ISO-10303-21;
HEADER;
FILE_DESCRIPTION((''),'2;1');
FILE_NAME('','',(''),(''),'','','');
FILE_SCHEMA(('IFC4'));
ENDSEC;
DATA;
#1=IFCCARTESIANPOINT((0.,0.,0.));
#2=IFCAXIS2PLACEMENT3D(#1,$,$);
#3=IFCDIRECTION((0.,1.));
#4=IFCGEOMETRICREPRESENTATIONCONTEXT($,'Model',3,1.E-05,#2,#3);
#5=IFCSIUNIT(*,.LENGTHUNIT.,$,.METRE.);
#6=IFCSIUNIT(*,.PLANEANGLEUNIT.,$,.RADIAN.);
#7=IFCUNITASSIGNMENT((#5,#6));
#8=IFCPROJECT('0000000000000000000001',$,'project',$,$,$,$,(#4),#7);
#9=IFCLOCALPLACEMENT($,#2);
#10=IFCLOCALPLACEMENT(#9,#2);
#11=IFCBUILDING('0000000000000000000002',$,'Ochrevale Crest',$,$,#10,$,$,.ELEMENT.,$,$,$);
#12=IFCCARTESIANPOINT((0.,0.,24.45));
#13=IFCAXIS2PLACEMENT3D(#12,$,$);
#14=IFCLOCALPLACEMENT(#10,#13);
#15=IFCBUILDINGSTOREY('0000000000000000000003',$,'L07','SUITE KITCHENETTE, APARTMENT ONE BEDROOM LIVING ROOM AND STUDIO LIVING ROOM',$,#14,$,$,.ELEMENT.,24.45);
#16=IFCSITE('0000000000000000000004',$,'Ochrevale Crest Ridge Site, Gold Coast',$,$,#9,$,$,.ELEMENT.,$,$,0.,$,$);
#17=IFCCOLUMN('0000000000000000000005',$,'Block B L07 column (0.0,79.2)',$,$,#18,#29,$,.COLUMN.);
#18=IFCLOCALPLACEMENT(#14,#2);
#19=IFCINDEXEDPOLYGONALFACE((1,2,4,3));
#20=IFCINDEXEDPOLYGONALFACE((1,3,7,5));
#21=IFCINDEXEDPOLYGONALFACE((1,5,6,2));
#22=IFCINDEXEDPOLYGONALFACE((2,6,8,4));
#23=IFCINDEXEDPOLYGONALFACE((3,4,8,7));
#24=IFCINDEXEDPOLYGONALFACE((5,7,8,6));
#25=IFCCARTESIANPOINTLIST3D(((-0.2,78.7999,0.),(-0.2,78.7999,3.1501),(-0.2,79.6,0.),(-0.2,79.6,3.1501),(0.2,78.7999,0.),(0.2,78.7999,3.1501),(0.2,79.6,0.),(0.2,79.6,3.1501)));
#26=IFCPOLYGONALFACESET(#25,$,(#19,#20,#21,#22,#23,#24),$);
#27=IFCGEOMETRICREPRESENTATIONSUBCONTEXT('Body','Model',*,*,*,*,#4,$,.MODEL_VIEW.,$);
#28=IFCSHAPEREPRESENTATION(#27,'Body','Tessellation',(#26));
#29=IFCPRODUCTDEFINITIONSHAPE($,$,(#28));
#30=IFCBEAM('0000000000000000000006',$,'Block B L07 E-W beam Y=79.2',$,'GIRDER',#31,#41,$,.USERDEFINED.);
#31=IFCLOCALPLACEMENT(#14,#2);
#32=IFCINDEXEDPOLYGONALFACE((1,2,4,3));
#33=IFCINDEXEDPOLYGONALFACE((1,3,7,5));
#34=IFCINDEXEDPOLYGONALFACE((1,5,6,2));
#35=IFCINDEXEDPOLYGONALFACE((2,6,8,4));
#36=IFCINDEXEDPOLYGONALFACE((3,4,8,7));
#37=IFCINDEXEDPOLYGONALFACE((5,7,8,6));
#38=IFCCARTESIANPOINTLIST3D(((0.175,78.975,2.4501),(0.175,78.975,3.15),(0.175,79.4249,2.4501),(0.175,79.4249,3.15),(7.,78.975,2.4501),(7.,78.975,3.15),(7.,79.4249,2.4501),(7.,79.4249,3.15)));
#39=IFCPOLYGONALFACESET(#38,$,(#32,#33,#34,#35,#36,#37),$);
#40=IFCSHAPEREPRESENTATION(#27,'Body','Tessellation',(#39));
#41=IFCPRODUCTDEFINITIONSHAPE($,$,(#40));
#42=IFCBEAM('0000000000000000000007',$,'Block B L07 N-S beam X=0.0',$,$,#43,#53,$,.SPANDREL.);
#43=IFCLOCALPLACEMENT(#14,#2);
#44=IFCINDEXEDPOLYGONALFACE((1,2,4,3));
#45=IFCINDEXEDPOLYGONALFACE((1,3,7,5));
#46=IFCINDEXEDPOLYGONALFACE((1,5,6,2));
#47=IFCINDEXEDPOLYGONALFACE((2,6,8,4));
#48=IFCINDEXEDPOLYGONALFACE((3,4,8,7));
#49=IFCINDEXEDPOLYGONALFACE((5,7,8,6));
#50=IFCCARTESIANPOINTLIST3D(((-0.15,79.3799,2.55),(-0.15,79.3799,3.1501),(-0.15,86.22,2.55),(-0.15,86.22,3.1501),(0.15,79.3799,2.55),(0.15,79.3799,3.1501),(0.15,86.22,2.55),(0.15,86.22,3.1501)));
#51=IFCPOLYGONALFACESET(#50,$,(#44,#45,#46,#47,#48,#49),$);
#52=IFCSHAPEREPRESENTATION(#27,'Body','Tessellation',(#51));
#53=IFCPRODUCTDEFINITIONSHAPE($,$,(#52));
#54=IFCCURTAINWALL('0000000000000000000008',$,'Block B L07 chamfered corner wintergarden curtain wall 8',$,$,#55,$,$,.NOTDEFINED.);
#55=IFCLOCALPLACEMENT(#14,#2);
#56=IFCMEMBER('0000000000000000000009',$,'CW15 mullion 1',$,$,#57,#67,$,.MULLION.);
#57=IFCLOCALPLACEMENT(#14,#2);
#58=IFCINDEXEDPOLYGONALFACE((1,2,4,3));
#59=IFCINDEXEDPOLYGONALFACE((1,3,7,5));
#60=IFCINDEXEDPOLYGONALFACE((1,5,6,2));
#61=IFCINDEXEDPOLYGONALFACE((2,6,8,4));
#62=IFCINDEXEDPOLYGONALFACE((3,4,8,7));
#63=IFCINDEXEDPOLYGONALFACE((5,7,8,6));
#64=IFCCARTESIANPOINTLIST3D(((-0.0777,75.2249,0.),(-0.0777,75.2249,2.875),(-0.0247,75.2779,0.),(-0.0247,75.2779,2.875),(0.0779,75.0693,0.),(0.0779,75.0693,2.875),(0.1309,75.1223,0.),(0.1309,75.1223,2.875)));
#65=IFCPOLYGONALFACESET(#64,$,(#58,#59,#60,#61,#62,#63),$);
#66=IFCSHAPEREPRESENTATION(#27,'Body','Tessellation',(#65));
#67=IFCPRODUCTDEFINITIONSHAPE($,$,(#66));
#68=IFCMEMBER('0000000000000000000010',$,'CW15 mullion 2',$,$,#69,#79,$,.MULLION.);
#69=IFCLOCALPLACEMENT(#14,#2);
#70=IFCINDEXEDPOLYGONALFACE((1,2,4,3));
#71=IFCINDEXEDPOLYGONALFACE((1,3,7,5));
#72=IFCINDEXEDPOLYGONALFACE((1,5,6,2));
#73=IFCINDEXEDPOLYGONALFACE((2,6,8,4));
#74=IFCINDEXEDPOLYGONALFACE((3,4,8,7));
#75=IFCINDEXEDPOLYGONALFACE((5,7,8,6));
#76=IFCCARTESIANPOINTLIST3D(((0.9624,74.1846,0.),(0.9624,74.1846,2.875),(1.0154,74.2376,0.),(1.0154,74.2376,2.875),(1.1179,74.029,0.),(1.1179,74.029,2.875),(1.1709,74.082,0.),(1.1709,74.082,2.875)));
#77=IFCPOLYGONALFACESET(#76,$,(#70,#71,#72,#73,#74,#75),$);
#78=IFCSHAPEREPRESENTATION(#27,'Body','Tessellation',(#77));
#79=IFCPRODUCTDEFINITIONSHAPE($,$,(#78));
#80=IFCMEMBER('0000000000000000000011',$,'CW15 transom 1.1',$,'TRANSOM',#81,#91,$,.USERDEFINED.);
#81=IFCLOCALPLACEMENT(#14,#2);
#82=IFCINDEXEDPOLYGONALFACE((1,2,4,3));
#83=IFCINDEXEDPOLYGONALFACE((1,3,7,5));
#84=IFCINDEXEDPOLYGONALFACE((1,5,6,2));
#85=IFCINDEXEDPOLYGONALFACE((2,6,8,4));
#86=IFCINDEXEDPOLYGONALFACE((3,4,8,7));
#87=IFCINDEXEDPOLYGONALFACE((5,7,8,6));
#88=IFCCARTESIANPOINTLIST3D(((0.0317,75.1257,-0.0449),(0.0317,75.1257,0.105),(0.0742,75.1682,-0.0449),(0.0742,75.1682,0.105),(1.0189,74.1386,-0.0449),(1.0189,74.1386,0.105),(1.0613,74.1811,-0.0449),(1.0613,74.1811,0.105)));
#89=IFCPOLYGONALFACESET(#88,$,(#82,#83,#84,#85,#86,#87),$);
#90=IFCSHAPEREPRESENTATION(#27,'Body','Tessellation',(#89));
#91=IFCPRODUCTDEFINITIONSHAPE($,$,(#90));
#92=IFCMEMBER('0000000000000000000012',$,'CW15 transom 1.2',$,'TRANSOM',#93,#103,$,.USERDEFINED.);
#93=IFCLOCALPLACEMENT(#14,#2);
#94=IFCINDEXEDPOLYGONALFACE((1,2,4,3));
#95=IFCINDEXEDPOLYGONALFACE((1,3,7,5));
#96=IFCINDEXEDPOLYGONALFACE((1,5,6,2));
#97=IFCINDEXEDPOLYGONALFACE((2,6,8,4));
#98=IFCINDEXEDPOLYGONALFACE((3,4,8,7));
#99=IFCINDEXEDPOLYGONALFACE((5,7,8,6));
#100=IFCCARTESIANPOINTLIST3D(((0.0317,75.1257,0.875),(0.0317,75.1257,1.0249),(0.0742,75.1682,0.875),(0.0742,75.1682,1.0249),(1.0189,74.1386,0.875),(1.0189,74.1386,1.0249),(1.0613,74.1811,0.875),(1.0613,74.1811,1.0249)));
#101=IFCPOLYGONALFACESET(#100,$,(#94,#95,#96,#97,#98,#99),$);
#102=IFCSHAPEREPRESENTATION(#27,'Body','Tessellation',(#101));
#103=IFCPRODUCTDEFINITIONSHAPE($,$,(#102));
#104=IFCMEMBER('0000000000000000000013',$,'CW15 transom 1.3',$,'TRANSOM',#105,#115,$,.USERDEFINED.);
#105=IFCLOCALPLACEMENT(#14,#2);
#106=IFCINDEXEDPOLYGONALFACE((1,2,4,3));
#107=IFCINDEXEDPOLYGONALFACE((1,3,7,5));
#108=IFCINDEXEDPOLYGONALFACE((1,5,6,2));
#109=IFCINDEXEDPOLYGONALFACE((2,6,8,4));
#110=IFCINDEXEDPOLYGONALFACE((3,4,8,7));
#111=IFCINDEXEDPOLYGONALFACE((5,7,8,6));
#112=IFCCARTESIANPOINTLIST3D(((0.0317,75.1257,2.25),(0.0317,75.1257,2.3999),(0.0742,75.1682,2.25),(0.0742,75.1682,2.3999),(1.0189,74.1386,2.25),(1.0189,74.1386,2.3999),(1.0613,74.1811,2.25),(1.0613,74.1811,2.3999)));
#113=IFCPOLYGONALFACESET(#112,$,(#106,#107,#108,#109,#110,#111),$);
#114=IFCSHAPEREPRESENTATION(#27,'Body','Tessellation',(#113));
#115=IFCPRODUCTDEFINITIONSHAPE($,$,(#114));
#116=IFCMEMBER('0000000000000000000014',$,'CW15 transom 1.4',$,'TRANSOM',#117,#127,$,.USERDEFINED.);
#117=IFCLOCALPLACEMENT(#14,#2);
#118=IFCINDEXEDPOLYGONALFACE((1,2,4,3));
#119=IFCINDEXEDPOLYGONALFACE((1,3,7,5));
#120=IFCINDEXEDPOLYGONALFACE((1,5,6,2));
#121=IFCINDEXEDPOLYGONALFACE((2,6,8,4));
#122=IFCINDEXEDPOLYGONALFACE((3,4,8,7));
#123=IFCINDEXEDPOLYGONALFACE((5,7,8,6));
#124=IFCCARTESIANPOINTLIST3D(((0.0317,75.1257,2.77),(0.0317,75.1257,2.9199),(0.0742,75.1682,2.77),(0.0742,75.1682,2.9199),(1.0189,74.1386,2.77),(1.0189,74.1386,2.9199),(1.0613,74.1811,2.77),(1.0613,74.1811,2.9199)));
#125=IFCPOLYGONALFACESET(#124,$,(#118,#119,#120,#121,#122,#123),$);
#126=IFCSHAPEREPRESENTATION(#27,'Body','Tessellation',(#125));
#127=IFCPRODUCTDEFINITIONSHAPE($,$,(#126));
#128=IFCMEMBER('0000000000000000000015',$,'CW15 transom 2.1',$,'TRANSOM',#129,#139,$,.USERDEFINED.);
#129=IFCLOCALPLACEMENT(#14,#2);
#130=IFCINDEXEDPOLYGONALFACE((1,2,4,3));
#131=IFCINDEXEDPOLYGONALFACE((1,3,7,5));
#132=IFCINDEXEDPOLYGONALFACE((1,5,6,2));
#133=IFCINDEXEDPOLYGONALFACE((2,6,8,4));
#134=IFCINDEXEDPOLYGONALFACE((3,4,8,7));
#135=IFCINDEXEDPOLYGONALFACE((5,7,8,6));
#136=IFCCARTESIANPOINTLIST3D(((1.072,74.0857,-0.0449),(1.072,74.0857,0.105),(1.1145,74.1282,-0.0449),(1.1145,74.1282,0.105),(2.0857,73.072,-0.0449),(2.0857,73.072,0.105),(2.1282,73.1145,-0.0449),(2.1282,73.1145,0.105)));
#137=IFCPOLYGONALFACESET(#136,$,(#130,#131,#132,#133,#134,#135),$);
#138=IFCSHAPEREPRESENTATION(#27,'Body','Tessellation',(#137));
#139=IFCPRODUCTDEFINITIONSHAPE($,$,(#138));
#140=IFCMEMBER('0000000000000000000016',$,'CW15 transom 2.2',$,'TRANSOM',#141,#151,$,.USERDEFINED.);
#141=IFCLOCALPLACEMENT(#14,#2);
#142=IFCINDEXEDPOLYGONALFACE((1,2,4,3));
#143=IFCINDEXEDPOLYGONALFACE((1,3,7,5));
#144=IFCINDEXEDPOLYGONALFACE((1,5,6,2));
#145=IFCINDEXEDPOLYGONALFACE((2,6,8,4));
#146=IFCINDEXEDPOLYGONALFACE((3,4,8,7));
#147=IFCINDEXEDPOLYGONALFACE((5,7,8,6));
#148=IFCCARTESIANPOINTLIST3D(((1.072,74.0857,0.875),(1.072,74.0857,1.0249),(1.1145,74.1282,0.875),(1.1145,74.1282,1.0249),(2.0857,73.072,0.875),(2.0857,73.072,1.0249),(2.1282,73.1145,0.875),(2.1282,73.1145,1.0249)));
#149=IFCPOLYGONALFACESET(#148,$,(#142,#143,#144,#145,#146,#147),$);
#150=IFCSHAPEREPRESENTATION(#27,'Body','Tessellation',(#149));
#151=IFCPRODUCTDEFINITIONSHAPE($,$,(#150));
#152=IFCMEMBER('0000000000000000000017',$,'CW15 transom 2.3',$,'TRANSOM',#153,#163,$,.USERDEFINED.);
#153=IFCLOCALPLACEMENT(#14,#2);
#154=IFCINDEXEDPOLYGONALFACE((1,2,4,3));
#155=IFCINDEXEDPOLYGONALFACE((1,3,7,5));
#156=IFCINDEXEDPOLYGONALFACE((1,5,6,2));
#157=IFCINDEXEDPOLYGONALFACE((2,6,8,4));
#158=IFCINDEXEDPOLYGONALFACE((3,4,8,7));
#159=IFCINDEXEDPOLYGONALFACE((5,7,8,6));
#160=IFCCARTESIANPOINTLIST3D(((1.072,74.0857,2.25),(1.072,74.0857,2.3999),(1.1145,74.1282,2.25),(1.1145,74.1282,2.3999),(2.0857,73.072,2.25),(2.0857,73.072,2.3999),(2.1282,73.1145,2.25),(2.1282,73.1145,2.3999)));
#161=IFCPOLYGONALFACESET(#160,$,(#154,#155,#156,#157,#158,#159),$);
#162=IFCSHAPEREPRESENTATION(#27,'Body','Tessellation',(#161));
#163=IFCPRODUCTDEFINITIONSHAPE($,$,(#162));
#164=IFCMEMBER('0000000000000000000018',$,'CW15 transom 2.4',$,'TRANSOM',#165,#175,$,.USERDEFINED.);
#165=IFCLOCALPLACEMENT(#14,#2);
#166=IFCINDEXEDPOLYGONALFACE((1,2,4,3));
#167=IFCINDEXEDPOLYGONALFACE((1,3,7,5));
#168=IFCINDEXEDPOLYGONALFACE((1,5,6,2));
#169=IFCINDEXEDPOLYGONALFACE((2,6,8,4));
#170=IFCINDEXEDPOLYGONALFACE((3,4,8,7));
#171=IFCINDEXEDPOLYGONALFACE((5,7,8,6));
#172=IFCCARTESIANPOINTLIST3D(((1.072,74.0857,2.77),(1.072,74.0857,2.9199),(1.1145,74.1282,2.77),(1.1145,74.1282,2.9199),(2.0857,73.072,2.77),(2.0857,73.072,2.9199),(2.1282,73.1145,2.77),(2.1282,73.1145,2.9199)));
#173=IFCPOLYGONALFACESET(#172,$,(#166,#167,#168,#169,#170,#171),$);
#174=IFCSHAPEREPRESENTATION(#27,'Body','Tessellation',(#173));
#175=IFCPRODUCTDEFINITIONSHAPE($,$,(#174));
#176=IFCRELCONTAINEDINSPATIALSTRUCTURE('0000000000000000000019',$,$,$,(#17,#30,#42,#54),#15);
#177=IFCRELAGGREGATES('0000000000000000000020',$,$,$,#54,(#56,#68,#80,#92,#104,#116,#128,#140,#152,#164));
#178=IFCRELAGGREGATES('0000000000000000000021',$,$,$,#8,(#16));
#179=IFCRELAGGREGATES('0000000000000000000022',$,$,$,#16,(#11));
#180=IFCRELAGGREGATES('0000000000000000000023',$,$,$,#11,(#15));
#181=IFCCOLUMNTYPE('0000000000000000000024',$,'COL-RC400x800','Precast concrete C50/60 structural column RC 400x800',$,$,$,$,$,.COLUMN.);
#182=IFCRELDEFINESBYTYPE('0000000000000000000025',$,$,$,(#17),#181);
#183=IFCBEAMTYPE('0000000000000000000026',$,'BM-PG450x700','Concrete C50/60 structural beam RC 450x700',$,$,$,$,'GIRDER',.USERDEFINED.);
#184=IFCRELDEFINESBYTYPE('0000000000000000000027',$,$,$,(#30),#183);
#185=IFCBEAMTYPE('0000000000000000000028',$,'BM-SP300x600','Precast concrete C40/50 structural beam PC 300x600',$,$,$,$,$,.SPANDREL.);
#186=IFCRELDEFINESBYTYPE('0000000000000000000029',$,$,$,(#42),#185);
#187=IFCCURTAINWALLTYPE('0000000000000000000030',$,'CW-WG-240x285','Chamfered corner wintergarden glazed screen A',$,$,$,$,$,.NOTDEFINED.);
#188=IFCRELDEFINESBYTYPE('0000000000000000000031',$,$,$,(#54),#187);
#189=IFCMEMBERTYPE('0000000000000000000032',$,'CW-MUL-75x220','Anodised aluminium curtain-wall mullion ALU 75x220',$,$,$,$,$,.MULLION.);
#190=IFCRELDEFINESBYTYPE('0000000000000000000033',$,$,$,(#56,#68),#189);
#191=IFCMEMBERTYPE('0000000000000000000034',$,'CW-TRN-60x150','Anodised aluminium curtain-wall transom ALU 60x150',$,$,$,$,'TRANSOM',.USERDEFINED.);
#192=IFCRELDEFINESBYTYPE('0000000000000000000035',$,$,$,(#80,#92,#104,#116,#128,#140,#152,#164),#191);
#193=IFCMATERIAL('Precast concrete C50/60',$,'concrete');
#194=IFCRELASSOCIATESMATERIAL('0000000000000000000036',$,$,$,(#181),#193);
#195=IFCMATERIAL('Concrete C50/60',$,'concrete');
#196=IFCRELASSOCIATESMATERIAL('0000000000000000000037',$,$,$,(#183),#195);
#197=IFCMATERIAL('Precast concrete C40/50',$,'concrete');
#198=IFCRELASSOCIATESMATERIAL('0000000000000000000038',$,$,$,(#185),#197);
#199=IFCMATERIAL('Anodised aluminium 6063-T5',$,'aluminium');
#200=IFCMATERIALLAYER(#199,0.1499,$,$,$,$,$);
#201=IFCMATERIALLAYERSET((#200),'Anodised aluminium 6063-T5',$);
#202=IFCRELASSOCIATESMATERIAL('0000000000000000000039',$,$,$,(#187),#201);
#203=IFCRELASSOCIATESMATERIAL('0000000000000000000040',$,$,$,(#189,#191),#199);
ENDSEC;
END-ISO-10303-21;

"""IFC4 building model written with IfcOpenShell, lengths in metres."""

from ifc_helpers import new_model, si_unit, direction, frame, origin, origin_2d, place, context, subcontext, project, spatial, rectangle, extrude, material, layer, layer_set, material_profile, profile_set, type_object, element, aggregate, save


model = new_model("IFC4")

# Units and contexts
model_context = context("Model", 3, precision=1e-05, world=origin(), true_north=direction((0.0, 1.0)))
body_context = subcontext(model_context, "Body", "Model", "MODEL_VIEW")
ifc_project = project(units=[si_unit("LENGTHUNIT", "METRE"), si_unit("PLANEANGLEUNIT", "RADIAN")], contexts=[model_context])

# Site, building, storey
site_placement = place(None, origin())
site = spatial("IfcSite", under=ifc_project, at=site_placement, Name="Ochrevale Crest Ridge Site, Gold Coast", CompositionType="ELEMENT", RefElevation=0.0)
building_placement = place(site_placement, origin())
building = spatial("IfcBuilding", under=site, at=building_placement, Name="Ochrevale Crest", CompositionType="ELEMENT")
storey_placement = place(building_placement, frame((0.0, 0.0, 24.45)))
storey = spatial("IfcBuildingStorey", under=building, at=storey_placement, Name="L07", Description="SUITE KITCHENETTE, APARTMENT ONE BEDROOM LIVING ROOM AND STUDIO LIVING ROOM", CompositionType="ELEMENT", Elevation=24.45)

# Column
ifc_material_1 = material(Name="Precast concrete C50/60", Category="concrete")
ifc_material_profile_1 = material_profile(ifc_material_1, rectangle(XDim=0.3999, YDim=0.8, at=origin_2d()), Name="RC 400x800")
ifc_profile_set_1 = profile_set([ifc_material_profile_1], Name="Precast concrete C50/60")
column_type = type_object("IfcColumnType", Name="COL-RC400x800", Description="Precast concrete C50/60 structural column RC 400x800", PredefinedType="COLUMN", material=ifc_profile_set_1)
column_placement = place(storey_placement, frame((0.0, 79.2, 0.0), z_axis=(0.0, 0.0, 1.0), x_axis=(1.0, 0.0, 0.0)))
element("IfcColumn", 1, at=column_placement, inside=storey, type_object=column_type, Name="Block B L07 column (0.0,79.2)", PredefinedType="COLUMN", context=body_context, shape_type="SweptSolid", body=[
    extrude(rectangle(XDim=0.3999, YDim=0.8, at=origin_2d()), origin(), (0.0, 0.0, 1.0), 3.1501),
])

# Beams
ifc_material_2 = material(Name="Concrete C50/60", Category="concrete")
ifc_material_profile_2 = material_profile(ifc_material_2, rectangle(XDim=0.45, YDim=0.7, at=origin_2d()), Name="RC 450x700")
ifc_profile_set_2 = profile_set([ifc_material_profile_2], Name="Concrete C50/60")
beam_type_1 = type_object("IfcBeamType", Name="BM-PG450x700", Description="Concrete C50/60 structural beam RC 450x700", ElementType="GIRDER", PredefinedType="USERDEFINED", material=ifc_profile_set_2)
beam_1_placement = place(storey_placement, frame((0.175, 79.2, 2.8), z_axis=(1.0, 0.0, 0.0), x_axis=(0.0, 1.0, 0.0)))
element("IfcBeam", 2, at=beam_1_placement, inside=storey, type_object=beam_type_1, Name="Block B L07 E-W beam Y=79.2", ObjectType="GIRDER", PredefinedType="USERDEFINED", context=body_context, shape_type="SweptSolid", body=[
    extrude(rectangle(XDim=0.45, YDim=0.7, at=origin_2d()), origin(), (0.0, 0.0, 1.0), 6.825),
])
ifc_material_3 = material(Name="Precast concrete C40/50", Category="concrete")
ifc_material_profile_3 = material_profile(ifc_material_3, rectangle(XDim=0.3, YDim=0.6001, at=origin_2d()), Name="PC 300x600")
ifc_profile_set_3 = profile_set([ifc_material_profile_3], Name="Precast concrete C40/50")
beam_type_2 = type_object("IfcBeamType", Name="BM-SP300x600", Description="Precast concrete C40/50 structural beam PC 300x600", PredefinedType="SPANDREL", material=ifc_profile_set_3)
beam_2_placement = place(storey_placement, frame((0.0, 79.3799, 2.8501), z_axis=(0.0, 1.0, 0.0), x_axis=(-1.0, 0.0, 0.0)))
element("IfcBeam", 3, at=beam_2_placement, inside=storey, type_object=beam_type_2, Name="Block B L07 N-S beam X=0.0", PredefinedType="SPANDREL", context=body_context, shape_type="SweptSolid", body=[
    extrude(rectangle(XDim=0.3, YDim=0.6001, at=origin_2d()), origin(), (0.0, 0.0, 1.0), 6.8401),
])

# Curtain wall, members
ifc_material_4 = material(Name="Anodised aluminium 6063-T5", Category="aluminium")
ifc_layer_1 = layer(ifc_material_4, 0.1499)
ifc_layer_set_1 = layer_set([ifc_layer_1], Name="Anodised aluminium 6063-T5")
curtain_wall_type = type_object("IfcCurtainWallType", Name="CW-WG-240x285", Description="Chamfered corner wintergarden glazed screen A", PredefinedType="NOTDEFINED", material=ifc_layer_set_1)
curtain_wall_placement = place(storey_placement, origin())
curtain_wall = element("IfcCurtainWall", 4, at=curtain_wall_placement, inside=storey, type_object=curtain_wall_type, Name="Block B L07 chamfered corner wintergarden curtain wall 8", PredefinedType="NOTDEFINED")
ifc_material_profile_4 = material_profile(ifc_material_4, rectangle(XDim=0.075, YDim=0.22, at=origin_2d()), Name="ALU 75x220")
ifc_profile_set_4 = profile_set([ifc_material_profile_4], Name="Anodised aluminium 6063-T5")
member_type_1 = type_object("IfcMemberType", Name="CW-MUL-75x220", Description="Anodised aluminium curtain-wall mullion ALU 75x220", PredefinedType="MULLION", material=ifc_profile_set_4)
member_1_placement = place(storey_placement, frame((0.0266, 75.1736, 0.0), z_axis=(0.0, 0.0, 1.0), x_axis=(0.707107, 0.707107, 0.0)))
member_1 = element("IfcMember", 5, at=member_1_placement, type_object=member_type_1, Name="CW15 mullion 1", PredefinedType="MULLION", context=body_context, shape_type="SweptSolid", body=[
    extrude(rectangle(XDim=0.075, YDim=0.22, at=origin_2d()), origin(), (0.0, 0.0, 1.0), 2.875),
])
member_2_placement = place(storey_placement, frame((1.0667, 74.1333, 0.0), z_axis=(0.0, 0.0, 1.0), x_axis=(0.707107, 0.707107, 0.0)))
member_2 = element("IfcMember", 6, at=member_2_placement, type_object=member_type_1, Name="CW15 mullion 2", PredefinedType="MULLION", context=body_context, shape_type="SweptSolid", body=[
    extrude(rectangle(XDim=0.075, YDim=0.22, at=origin_2d()), origin(), (0.0, 0.0, 1.0), 2.875),
])
ifc_material_profile_5 = material_profile(ifc_material_4, rectangle(XDim=0.0601, YDim=0.1499, at=origin_2d()), Name="ALU 60x150")
ifc_profile_set_5 = profile_set([ifc_material_profile_5], Name="Anodised aluminium 6063-T5")
member_type_2 = type_object("IfcMemberType", Name="CW-TRN-60x150", Description="Anodised aluminium curtain-wall transom ALU 60x150", ElementType="TRANSOM", PredefinedType="USERDEFINED", material=ifc_profile_set_5)
member_3_placement = place(storey_placement, frame((0.053, 75.147, 0.03), z_axis=(0.707107, -0.707107, 0.0), x_axis=(0.707107, 0.707107, 0.0)))
member_3 = element("IfcMember", 7, at=member_3_placement, type_object=member_type_2, Name="CW15 transom 1.1", ObjectType="TRANSOM", PredefinedType="USERDEFINED", context=body_context, shape_type="SweptSolid", body=[
    extrude(rectangle(XDim=0.0601, YDim=0.1499, at=origin_2d()), origin(), (0.0, 0.0, 1.0), 1.396),
])
member_4_placement = place(storey_placement, frame((0.053, 75.147, 0.95), z_axis=(0.707107, -0.707107, 0.0), x_axis=(0.707107, 0.707107, 0.0)))
member_4 = element("IfcMember", 8, at=member_4_placement, type_object=member_type_2, Name="CW15 transom 1.2", ObjectType="TRANSOM", PredefinedType="USERDEFINED", context=body_context, shape_type="SweptSolid", body=[
    extrude(rectangle(XDim=0.0601, YDim=0.1499, at=origin_2d()), origin(), (0.0, 0.0, 1.0), 1.396),
])
member_5_placement = place(storey_placement, frame((0.053, 75.147, 2.325), z_axis=(0.707107, -0.707107, 0.0), x_axis=(0.707107, 0.707107, 0.0)))
member_5 = element("IfcMember", 9, at=member_5_placement, type_object=member_type_2, Name="CW15 transom 1.3", ObjectType="TRANSOM", PredefinedType="USERDEFINED", context=body_context, shape_type="SweptSolid", body=[
    extrude(rectangle(XDim=0.0601, YDim=0.1499, at=origin_2d()), origin(), (0.0, 0.0, 1.0), 1.396),
])
member_6_placement = place(storey_placement, frame((0.053, 75.147, 2.845), z_axis=(0.707107, -0.707107, 0.0), x_axis=(0.707107, 0.707107, 0.0)))
member_6 = element("IfcMember", 10, at=member_6_placement, type_object=member_type_2, Name="CW15 transom 1.4", ObjectType="TRANSOM", PredefinedType="USERDEFINED", context=body_context, shape_type="SweptSolid", body=[
    extrude(rectangle(XDim=0.0601, YDim=0.1499, at=origin_2d()), origin(), (0.0, 0.0, 1.0), 1.396),
])
member_7_placement = place(storey_placement, frame((1.0933, 74.1069, 0.03), z_axis=(0.707107, -0.707107, 0.0), x_axis=(0.707107, 0.707107, 0.0)))
member_7 = element("IfcMember", 11, at=member_7_placement, type_object=member_type_2, Name="CW15 transom 2.1", ObjectType="TRANSOM", PredefinedType="USERDEFINED", context=body_context, shape_type="SweptSolid", body=[
    extrude(rectangle(XDim=0.0601, YDim=0.1499, at=origin_2d()), origin(), (0.0, 0.0, 1.0), 1.4336),
])
member_8_placement = place(storey_placement, frame((1.0933, 74.1069, 0.95), z_axis=(0.707107, -0.707107, 0.0), x_axis=(0.707107, 0.707107, 0.0)))
member_8 = element("IfcMember", 12, at=member_8_placement, type_object=member_type_2, Name="CW15 transom 2.2", ObjectType="TRANSOM", PredefinedType="USERDEFINED", context=body_context, shape_type="SweptSolid", body=[
    extrude(rectangle(XDim=0.0601, YDim=0.1499, at=origin_2d()), origin(), (0.0, 0.0, 1.0), 1.4336),
])
member_9_placement = place(storey_placement, frame((1.0933, 74.1069, 2.325), z_axis=(0.707107, -0.707107, 0.0), x_axis=(0.707107, 0.707107, 0.0)))
member_9 = element("IfcMember", 13, at=member_9_placement, type_object=member_type_2, Name="CW15 transom 2.3", ObjectType="TRANSOM", PredefinedType="USERDEFINED", context=body_context, shape_type="SweptSolid", body=[
    extrude(rectangle(XDim=0.0601, YDim=0.1499, at=origin_2d()), origin(), (0.0, 0.0, 1.0), 1.4336),
])
member_10_placement = place(storey_placement, frame((1.0933, 74.1069, 2.845), z_axis=(0.707107, -0.707107, 0.0), x_axis=(0.707107, 0.707107, 0.0)))
member_10 = element("IfcMember", 14, at=member_10_placement, type_object=member_type_2, Name="CW15 transom 2.4", ObjectType="TRANSOM", PredefinedType="USERDEFINED", context=body_context, shape_type="SweptSolid", body=[
    extrude(rectangle(XDim=0.0601, YDim=0.1499, at=origin_2d()), origin(), (0.0, 0.0, 1.0), 1.4336),
])
aggregate(curtain_wall, [member_1, member_2, member_3, member_4, member_5, member_6, member_7, member_8, member_9, member_10])

save(model, "model.ifc")
